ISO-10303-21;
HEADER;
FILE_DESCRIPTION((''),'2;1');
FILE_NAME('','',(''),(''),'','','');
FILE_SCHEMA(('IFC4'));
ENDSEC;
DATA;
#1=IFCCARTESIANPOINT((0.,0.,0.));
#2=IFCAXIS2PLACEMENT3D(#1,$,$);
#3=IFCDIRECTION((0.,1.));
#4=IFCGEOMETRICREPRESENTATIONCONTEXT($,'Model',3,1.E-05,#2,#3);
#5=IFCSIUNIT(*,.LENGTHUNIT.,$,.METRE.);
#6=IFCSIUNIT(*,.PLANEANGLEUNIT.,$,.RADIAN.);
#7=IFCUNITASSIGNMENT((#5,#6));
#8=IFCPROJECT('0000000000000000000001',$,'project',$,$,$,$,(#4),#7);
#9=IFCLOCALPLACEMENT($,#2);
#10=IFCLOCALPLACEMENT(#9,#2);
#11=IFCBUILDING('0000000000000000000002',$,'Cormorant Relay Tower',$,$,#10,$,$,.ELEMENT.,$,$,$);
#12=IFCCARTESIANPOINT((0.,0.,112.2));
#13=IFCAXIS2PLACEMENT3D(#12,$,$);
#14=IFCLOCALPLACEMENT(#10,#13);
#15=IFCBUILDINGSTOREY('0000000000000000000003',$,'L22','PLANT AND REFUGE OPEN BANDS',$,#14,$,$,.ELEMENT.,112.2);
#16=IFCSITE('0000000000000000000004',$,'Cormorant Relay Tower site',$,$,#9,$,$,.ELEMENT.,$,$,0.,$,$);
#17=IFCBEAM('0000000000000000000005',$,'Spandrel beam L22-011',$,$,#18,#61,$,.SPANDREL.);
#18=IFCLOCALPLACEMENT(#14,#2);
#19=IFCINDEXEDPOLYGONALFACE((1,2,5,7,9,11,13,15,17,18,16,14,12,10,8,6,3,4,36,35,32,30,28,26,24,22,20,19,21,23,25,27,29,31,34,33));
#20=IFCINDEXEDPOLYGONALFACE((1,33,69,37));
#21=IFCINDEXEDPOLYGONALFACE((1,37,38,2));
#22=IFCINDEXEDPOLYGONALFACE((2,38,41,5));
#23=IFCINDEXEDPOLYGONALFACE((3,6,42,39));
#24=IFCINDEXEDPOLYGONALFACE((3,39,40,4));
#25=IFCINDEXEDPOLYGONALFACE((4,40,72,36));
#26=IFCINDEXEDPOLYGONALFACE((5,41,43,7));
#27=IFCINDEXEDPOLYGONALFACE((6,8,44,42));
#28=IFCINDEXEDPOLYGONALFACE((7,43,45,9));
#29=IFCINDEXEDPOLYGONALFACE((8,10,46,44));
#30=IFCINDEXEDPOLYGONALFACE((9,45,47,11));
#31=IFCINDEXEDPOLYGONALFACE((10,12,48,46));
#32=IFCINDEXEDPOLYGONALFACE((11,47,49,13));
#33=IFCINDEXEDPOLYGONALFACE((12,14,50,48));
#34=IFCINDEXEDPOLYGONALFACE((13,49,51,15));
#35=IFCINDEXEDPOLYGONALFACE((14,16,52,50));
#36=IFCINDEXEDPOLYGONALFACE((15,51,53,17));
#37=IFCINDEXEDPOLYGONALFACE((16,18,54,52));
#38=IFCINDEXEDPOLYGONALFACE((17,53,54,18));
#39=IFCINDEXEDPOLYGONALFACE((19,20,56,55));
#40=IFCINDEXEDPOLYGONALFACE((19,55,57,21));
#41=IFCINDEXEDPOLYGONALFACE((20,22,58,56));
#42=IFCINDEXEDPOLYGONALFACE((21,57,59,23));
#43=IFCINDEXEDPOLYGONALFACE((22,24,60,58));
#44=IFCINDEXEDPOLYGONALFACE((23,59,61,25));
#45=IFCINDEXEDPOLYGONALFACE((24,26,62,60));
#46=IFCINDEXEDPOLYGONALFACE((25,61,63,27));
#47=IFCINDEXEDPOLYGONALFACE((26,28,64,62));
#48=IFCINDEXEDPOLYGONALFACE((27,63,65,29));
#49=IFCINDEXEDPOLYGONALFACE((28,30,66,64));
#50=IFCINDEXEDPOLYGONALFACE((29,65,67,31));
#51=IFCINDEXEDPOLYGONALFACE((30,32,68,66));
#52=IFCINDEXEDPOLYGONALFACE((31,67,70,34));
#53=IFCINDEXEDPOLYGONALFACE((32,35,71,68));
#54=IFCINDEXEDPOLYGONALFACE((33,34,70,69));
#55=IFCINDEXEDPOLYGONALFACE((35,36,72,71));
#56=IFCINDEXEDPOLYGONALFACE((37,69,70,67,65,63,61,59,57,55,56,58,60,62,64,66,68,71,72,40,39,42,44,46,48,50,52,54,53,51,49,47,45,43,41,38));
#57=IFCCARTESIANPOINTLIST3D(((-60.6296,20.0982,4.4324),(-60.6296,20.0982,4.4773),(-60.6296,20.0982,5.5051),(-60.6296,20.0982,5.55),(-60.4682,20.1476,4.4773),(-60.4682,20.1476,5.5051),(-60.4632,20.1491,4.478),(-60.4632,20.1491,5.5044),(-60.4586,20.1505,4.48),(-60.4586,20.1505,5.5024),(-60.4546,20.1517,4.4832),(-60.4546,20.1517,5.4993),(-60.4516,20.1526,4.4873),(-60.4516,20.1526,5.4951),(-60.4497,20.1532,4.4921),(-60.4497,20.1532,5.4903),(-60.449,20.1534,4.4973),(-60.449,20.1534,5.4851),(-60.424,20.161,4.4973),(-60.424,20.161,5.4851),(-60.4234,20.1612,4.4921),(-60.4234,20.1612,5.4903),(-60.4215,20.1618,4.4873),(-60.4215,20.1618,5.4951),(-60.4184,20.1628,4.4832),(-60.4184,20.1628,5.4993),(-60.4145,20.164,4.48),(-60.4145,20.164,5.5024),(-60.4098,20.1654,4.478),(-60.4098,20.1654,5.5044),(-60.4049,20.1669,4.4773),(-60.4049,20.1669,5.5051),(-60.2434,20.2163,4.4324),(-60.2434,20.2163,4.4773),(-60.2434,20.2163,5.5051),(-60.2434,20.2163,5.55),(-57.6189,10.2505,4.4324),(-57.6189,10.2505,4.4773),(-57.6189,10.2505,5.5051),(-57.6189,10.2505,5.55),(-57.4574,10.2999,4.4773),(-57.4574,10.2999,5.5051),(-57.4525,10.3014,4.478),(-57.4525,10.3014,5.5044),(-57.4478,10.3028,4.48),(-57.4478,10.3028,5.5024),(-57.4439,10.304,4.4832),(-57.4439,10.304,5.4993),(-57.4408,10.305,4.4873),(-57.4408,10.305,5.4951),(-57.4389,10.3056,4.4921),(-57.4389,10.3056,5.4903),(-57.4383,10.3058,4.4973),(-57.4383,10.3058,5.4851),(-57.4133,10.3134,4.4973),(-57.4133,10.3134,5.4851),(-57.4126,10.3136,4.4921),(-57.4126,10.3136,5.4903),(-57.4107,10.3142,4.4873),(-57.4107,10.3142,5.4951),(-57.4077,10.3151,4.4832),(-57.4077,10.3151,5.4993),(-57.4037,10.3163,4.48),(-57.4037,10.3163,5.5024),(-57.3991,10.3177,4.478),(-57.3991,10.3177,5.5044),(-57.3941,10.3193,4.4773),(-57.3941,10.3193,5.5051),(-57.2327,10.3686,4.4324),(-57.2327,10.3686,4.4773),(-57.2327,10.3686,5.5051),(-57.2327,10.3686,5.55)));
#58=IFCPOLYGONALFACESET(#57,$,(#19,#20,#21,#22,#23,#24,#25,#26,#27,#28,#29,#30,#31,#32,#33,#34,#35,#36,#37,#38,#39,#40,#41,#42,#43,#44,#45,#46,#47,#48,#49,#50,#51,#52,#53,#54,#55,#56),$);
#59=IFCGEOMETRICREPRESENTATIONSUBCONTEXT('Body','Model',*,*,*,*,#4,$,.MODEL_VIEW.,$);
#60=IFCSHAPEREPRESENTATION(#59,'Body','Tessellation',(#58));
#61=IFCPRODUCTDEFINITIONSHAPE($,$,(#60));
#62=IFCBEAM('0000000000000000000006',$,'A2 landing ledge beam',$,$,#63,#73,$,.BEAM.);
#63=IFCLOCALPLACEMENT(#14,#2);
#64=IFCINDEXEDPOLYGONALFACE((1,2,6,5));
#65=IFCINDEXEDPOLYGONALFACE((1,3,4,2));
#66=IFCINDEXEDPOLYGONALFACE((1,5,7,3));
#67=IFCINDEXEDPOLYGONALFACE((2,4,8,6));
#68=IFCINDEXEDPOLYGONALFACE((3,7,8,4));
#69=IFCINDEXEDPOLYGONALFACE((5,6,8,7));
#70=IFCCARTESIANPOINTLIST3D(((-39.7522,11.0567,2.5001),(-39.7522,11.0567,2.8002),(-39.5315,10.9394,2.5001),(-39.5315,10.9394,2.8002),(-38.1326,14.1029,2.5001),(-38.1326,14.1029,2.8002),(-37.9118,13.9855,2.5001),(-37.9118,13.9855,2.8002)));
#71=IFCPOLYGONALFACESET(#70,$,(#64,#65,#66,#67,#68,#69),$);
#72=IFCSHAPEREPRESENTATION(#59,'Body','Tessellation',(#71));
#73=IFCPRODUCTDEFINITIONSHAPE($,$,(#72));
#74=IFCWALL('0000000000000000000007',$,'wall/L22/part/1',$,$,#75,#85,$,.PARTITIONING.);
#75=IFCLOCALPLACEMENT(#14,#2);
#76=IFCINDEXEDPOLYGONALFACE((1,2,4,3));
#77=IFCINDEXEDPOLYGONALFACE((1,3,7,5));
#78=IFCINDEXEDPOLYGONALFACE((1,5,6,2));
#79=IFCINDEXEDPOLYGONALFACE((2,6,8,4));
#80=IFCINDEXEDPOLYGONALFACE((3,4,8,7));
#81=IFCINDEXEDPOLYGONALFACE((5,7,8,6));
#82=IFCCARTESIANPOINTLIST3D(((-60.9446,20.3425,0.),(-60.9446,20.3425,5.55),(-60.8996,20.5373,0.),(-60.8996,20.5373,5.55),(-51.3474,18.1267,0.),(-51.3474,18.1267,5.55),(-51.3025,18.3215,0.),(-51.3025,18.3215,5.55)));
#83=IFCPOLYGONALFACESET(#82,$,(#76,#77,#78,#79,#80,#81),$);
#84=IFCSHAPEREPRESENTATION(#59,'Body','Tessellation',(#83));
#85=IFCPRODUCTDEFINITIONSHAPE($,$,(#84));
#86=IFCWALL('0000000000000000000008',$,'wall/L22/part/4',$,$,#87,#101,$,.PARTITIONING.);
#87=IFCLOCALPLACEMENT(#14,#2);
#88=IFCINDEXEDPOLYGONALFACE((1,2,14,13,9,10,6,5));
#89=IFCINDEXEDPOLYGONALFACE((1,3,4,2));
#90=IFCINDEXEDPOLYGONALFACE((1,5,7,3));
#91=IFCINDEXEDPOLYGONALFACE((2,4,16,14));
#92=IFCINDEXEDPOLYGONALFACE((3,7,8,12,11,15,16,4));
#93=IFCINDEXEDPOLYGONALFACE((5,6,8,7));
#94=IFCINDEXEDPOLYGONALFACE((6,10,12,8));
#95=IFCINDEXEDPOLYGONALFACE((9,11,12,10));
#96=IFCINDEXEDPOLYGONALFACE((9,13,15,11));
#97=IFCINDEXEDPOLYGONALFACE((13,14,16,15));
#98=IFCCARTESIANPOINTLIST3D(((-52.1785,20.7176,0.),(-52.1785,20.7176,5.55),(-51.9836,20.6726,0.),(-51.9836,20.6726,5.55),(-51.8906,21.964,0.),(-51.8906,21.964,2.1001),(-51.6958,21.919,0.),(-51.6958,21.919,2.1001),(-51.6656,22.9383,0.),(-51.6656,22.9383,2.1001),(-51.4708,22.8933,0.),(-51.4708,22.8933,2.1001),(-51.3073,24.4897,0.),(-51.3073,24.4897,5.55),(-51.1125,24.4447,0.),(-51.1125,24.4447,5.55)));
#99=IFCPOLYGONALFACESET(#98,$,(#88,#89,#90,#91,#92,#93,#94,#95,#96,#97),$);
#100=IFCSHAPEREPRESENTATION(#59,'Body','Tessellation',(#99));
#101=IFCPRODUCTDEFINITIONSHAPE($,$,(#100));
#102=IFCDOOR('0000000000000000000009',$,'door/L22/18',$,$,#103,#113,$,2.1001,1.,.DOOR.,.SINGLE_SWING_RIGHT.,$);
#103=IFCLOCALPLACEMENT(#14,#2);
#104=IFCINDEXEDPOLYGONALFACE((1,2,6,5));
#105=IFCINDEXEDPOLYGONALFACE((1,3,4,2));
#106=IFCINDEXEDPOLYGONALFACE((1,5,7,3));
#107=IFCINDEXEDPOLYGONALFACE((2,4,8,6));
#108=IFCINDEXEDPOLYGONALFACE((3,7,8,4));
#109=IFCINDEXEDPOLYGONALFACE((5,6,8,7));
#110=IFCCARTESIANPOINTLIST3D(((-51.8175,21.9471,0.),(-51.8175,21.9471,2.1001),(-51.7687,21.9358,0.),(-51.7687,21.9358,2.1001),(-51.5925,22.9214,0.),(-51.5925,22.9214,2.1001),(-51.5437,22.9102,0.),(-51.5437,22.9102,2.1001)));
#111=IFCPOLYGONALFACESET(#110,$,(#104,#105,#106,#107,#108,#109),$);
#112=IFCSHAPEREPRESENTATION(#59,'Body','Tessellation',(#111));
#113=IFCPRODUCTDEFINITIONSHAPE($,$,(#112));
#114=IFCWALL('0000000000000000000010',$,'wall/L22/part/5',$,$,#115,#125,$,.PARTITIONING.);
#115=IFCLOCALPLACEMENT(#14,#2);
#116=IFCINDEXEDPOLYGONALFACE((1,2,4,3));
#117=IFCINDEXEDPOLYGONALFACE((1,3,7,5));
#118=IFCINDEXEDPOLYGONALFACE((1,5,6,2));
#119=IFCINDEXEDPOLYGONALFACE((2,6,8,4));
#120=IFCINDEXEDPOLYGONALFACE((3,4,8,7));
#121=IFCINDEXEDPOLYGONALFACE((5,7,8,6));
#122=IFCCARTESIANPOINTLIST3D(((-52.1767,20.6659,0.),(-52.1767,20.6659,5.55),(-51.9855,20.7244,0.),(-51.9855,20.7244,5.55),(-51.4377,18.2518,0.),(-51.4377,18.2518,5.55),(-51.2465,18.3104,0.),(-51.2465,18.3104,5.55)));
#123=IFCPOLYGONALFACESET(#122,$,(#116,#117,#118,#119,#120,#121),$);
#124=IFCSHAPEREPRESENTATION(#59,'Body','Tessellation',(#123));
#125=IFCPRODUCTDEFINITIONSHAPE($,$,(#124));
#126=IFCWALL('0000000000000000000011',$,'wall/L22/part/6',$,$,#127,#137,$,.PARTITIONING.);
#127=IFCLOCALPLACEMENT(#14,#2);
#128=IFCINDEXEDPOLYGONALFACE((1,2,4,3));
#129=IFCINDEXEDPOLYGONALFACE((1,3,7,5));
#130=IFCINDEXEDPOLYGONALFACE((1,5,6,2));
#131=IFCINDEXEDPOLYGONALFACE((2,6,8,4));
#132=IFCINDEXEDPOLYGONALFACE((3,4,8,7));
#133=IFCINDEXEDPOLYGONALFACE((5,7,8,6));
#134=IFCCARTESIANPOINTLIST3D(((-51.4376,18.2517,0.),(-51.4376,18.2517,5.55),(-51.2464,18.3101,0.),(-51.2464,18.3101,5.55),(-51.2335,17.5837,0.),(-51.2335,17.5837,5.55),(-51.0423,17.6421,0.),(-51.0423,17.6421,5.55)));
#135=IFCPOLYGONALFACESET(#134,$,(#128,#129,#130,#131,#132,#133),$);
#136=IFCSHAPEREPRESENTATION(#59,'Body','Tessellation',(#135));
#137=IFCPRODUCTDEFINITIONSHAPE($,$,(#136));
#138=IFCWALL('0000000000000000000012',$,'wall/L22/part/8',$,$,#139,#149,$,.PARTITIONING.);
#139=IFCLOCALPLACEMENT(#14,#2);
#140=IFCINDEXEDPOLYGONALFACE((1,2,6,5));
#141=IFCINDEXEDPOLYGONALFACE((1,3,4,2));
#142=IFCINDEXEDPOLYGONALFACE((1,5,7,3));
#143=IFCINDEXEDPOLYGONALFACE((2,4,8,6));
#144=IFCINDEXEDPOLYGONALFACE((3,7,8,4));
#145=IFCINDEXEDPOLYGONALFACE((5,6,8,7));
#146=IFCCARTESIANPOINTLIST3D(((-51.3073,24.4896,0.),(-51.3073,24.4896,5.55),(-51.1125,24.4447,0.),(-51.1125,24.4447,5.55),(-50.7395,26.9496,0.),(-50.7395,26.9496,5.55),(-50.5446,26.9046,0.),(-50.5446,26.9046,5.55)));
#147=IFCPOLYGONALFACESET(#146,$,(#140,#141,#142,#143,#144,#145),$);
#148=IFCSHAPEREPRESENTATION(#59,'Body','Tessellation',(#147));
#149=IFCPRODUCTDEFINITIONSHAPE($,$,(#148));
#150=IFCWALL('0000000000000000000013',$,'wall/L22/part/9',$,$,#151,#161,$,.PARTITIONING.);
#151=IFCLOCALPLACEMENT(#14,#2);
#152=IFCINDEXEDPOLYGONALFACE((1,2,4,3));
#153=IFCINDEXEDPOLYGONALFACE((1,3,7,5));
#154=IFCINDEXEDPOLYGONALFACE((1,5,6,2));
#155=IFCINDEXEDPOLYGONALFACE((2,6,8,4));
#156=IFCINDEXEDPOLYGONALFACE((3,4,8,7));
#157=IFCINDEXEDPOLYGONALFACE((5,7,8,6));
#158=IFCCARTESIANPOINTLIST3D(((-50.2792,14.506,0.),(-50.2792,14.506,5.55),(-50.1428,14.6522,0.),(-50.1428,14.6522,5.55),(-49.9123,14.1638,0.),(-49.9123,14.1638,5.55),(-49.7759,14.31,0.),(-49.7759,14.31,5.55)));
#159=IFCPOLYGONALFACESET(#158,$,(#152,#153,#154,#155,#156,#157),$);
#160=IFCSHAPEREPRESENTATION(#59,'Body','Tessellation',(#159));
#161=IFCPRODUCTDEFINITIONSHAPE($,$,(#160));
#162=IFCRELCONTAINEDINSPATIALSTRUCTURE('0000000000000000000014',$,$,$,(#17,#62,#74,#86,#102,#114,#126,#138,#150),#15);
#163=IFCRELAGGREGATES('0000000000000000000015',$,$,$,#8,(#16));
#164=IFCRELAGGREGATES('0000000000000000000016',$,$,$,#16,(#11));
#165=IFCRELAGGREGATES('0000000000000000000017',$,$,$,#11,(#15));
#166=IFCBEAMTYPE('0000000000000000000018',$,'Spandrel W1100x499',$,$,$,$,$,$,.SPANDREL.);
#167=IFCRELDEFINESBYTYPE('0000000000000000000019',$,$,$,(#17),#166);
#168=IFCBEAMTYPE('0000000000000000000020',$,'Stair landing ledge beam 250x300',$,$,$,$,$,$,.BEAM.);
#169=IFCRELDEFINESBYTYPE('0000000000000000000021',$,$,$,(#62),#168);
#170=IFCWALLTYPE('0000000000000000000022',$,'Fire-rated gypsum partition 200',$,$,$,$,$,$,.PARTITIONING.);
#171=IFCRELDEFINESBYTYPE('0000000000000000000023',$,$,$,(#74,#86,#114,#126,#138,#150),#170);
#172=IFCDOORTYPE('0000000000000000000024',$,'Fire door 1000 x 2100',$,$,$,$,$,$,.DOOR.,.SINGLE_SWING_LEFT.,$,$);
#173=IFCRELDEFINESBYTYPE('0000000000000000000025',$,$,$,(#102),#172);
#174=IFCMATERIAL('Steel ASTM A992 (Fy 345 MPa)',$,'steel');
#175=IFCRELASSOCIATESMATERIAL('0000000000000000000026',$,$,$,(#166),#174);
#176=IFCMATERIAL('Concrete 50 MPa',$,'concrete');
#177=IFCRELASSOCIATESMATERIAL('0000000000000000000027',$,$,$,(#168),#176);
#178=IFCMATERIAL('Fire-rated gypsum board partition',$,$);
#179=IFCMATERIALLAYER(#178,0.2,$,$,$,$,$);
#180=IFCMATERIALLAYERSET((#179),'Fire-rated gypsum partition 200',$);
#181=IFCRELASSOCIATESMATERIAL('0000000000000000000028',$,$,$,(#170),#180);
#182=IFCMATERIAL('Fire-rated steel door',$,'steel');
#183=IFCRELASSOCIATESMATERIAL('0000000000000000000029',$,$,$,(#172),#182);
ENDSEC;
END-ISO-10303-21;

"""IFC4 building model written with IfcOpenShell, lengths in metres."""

from ifc_helpers import new_model, si_unit, direction, frame, frame_2d, origin, origin_2d, place, context, subcontext, project, spatial, rectangle, i_section, extrude, material, layer, layer_set, material_profile, profile_set, type_object, element, fill, save


model = new_model("IFC4")

# Units and contexts
model_context = context("Model", 3, precision=1e-05, world=origin(), true_north=direction((0.0, 1.0)))
body_context = subcontext(model_context, "Body", "Model", "MODEL_VIEW")
ifc_project = project(units=[si_unit("LENGTHUNIT", "METRE"), si_unit("PLANEANGLEUNIT", "RADIAN")], contexts=[model_context])

# Site, building, storey
site_placement = place(None, origin())
site = spatial("IfcSite", under=ifc_project, at=site_placement, Name="Cormorant Relay Tower site", CompositionType="ELEMENT", RefElevation=0.0)
building_placement = place(site_placement, origin())
building = spatial("IfcBuilding", under=site, at=building_placement, Name="Cormorant Relay Tower", CompositionType="ELEMENT")
storey_placement = place(building_placement, frame((0.0, 0.0, 112.2)))
storey = spatial("IfcBuildingStorey", under=building, at=storey_placement, Name="L22", Description="PLANT AND REFUGE OPEN BANDS", CompositionType="ELEMENT", Elevation=112.2)

# Beams
ifc_material_1 = material(Name="Steel ASTM A992 (Fy 345 MPa)", Category="steel")
ifc_material_profile_1 = material_profile(ifc_material_1, i_section(OverallWidth=0.4038, OverallDepth=1.1177, WebThickness=0.0261, FlangeThickness=0.0449, FilletRadius=0.02, at=origin_2d()), Name="W1100x499")
ifc_profile_set_1 = profile_set([ifc_material_profile_1], Name="Steel ASTM A992 (Fy 345 MPa)")
beam_type_1 = type_object("IfcBeamType", Name="Spandrel W1100x499", PredefinedType="SPANDREL", material=ifc_profile_set_1)
beam_1_placement = place(storey_placement, frame((-60.4365, 20.1572, 4.9912), z_axis=(0.292373, -0.956304, 0.0), x_axis=(0.956304, 0.292373, 0.0)))
element("IfcBeam", 1, at=beam_1_placement, inside=storey, type_object=beam_type_1, Name="Spandrel beam L22-011", PredefinedType="SPANDREL", context=body_context, shape_type="SweptSolid", body=[
    extrude(i_section(OverallWidth=0.4038, OverallDepth=1.1177, WebThickness=0.0261, FlangeThickness=0.0449, FilletRadius=0.02, at=origin_2d()), origin(), (0.0, 0.0, 1.0), 10.2976),
])
ifc_material_2 = material(Name="Concrete 50 MPa", Category="concrete")
ifc_material_profile_2 = material_profile(ifc_material_2, rectangle(XDim=0.25, YDim=0.3, at=origin_2d()), Name="RC 250x300")
ifc_profile_set_2 = profile_set([ifc_material_profile_2], Name="Concrete 50 MPa")
beam_type_2 = type_object("IfcBeamType", Name="Stair landing ledge beam 250x300", PredefinedType="BEAM", material=ifc_profile_set_2)
beam_2_placement = place(storey_placement, frame((-38.0222, 14.0442, 2.6501), z_axis=(-0.469464, -0.882952, 0.0), x_axis=(0.882952, -0.469464, 0.0)))
element("IfcBeam", 2, at=beam_2_placement, inside=storey, type_object=beam_type_2, Name="A2 landing ledge beam", PredefinedType="BEAM", context=body_context, shape_type="SweptSolid", body=[
    extrude(rectangle(XDim=0.25, YDim=0.3, at=origin_2d()), origin(), (0.0, 0.0, 1.0), 3.45),
])

# Wall
ifc_material_3 = material(Name="Fire-rated gypsum board partition")
ifc_layer_1 = layer(ifc_material_3, 0.2)
ifc_layer_set_1 = layer_set([ifc_layer_1], Name="Fire-rated gypsum partition 200")
wall_type_1 = type_object("IfcWallType", Name="Fire-rated gypsum partition 200", PredefinedType="PARTITIONING", material=ifc_layer_set_1)
wall_1_placement = place(storey_placement, frame((-51.325, 18.2241, 0.0), z_axis=(0.0, 0.0, 1.0), x_axis=(-0.974367, 0.224965, 0.0)))
element("IfcWall", 3, at=wall_1_placement, inside=storey, type_object=wall_type_1, Name="wall/L22/part/1", PredefinedType="PARTITIONING", context=body_context, shape_type="SweptSolid", body=[
    extrude(rectangle(XDim=9.8496, YDim=0.2, at=frame_2d((4.9248, 0.0))), origin(), (0.0, 0.0, 1.0), 5.55),
])

# Wall, opening, door
wall_2_placement = place(storey_placement, frame((-51.21, 24.467, 0.0), z_axis=(0.0, 0.0, 1.0), x_axis=(-0.225016, -0.974355, 0.0)))
wall_2 = element("IfcWall", 4, at=wall_2_placement, inside=storey, type_object=wall_type_1, Name="wall/L22/part/4", PredefinedType="PARTITIONING", context=body_context, shape_type="SweptSolid", body=[
    extrude(rectangle(XDim=3.8713, YDim=0.2, at=frame_2d((1.9355, 0.0))), origin(), (0.0, 0.0, 1.0), 5.55),
])
opening_1_placement = place(wall_2_placement, frame((1.592, 0.0, 0.0)))
opening_1 = element("IfcOpeningElement", 5, at=opening_1_placement, cuts=wall_2, PredefinedType="OPENING", context=body_context, shape_type="SweptSolid", body=[
    extrude(rectangle(XDim=1.0, YDim=2.1001, at=frame_2d((0.5, 1.05))), frame((0.0, 0.1099, 0.0), z_axis=(0.0, -1.0, 0.0), x_axis=(1.0, 0.0, 0.0)), (0.0, 0.0, 1.0), 0.22),
])
ifc_material_4 = material(Name="Fire-rated steel door", Category="steel")
door_type = type_object("IfcDoorType", Name="Fire door 1000 x 2100", OperationType="SINGLE_SWING_LEFT", PredefinedType="DOOR", material=ifc_material_4)
door_1_placement = place(opening_1_placement, frame((1.0, 0.0, 0.0), z_axis=(0.0, 0.0, 1.0), x_axis=(-1.0, 0.0, 0.0)))
door_1 = element("IfcDoor", 6, at=door_1_placement, inside=storey, type_object=door_type, Name="door/L22/18", OperationType="SINGLE_SWING_RIGHT", OverallHeight=2.1001, OverallWidth=1.0, PredefinedType="DOOR", context=body_context, shape_type="SweptSolid", body=[
    extrude(rectangle(XDim=1.0, YDim=2.1001, at=frame_2d((0.5, 1.05))), frame((0.0, 0.0249, 0.0), z_axis=(0.0, -1.0, 0.0), x_axis=(1.0, 0.0, 0.0)), (0.0, 0.0, 1.0), 0.05),
])
fill(opening_1, door_1)

# Walls
wall_3_placement = place(storey_placement, frame((-52.0811, 20.6951, 0.0), z_axis=(0.0, 0.0, 1.0), x_axis=(0.29272, -0.956198, 0.0)))
element("IfcWall", 7, at=wall_3_placement, inside=storey, type_object=wall_type_1, Name="wall/L22/part/5", PredefinedType="PARTITIONING", context=body_context, shape_type="SweptSolid", body=[
    extrude(rectangle(XDim=2.5247, YDim=0.2, at=frame_2d((1.2622, 0.0))), origin(), (0.0, 0.0, 1.0), 5.55),
])
wall_4_placement = place(storey_placement, frame((-51.1379, 17.613, 0.0), z_axis=(0.0, 0.0, 1.0), x_axis=(-0.292219, 0.956352, 0.0)))
element("IfcWall", 8, at=wall_4_placement, inside=storey, type_object=wall_type_1, Name="wall/L22/part/6", PredefinedType="PARTITIONING", context=body_context, shape_type="SweptSolid", body=[
    extrude(rectangle(XDim=0.6985, YDim=0.2, at=frame_2d((0.3491, 0.0))), origin(), (0.0, 0.0, 1.0), 5.55),
])
wall_5_placement = place(storey_placement, frame((-50.6421, 26.927, 0.0), z_axis=(0.0, 0.0, 1.0), x_axis=(-0.22493, -0.974375, 0.0)))
element("IfcWall", 9, at=wall_5_placement, inside=storey, type_object=wall_type_1, Name="wall/L22/part/8", PredefinedType="PARTITIONING", context=body_context, shape_type="SweptSolid", body=[
    extrude(rectangle(XDim=2.5247, YDim=0.2, at=frame_2d((1.2622, 0.0))), origin(), (0.0, 0.0, 1.0), 5.55),
])
wall_6_placement = place(storey_placement, frame((-49.844, 14.2368, 0.0), z_axis=(0.0, 0.0, 1.0), x_axis=(-0.731249, 0.68211, 0.0)))
element("IfcWall", 10, at=wall_6_placement, inside=storey, type_object=wall_type_1, Name="wall/L22/part/9", PredefinedType="PARTITIONING", context=body_context, shape_type="SweptSolid", body=[
    extrude(rectangle(XDim=0.5017, YDim=0.2, at=frame_2d((0.251, 0.0))), origin(), (0.0, 0.0, 1.0), 5.55),
])

save(model, "model.ifc")
